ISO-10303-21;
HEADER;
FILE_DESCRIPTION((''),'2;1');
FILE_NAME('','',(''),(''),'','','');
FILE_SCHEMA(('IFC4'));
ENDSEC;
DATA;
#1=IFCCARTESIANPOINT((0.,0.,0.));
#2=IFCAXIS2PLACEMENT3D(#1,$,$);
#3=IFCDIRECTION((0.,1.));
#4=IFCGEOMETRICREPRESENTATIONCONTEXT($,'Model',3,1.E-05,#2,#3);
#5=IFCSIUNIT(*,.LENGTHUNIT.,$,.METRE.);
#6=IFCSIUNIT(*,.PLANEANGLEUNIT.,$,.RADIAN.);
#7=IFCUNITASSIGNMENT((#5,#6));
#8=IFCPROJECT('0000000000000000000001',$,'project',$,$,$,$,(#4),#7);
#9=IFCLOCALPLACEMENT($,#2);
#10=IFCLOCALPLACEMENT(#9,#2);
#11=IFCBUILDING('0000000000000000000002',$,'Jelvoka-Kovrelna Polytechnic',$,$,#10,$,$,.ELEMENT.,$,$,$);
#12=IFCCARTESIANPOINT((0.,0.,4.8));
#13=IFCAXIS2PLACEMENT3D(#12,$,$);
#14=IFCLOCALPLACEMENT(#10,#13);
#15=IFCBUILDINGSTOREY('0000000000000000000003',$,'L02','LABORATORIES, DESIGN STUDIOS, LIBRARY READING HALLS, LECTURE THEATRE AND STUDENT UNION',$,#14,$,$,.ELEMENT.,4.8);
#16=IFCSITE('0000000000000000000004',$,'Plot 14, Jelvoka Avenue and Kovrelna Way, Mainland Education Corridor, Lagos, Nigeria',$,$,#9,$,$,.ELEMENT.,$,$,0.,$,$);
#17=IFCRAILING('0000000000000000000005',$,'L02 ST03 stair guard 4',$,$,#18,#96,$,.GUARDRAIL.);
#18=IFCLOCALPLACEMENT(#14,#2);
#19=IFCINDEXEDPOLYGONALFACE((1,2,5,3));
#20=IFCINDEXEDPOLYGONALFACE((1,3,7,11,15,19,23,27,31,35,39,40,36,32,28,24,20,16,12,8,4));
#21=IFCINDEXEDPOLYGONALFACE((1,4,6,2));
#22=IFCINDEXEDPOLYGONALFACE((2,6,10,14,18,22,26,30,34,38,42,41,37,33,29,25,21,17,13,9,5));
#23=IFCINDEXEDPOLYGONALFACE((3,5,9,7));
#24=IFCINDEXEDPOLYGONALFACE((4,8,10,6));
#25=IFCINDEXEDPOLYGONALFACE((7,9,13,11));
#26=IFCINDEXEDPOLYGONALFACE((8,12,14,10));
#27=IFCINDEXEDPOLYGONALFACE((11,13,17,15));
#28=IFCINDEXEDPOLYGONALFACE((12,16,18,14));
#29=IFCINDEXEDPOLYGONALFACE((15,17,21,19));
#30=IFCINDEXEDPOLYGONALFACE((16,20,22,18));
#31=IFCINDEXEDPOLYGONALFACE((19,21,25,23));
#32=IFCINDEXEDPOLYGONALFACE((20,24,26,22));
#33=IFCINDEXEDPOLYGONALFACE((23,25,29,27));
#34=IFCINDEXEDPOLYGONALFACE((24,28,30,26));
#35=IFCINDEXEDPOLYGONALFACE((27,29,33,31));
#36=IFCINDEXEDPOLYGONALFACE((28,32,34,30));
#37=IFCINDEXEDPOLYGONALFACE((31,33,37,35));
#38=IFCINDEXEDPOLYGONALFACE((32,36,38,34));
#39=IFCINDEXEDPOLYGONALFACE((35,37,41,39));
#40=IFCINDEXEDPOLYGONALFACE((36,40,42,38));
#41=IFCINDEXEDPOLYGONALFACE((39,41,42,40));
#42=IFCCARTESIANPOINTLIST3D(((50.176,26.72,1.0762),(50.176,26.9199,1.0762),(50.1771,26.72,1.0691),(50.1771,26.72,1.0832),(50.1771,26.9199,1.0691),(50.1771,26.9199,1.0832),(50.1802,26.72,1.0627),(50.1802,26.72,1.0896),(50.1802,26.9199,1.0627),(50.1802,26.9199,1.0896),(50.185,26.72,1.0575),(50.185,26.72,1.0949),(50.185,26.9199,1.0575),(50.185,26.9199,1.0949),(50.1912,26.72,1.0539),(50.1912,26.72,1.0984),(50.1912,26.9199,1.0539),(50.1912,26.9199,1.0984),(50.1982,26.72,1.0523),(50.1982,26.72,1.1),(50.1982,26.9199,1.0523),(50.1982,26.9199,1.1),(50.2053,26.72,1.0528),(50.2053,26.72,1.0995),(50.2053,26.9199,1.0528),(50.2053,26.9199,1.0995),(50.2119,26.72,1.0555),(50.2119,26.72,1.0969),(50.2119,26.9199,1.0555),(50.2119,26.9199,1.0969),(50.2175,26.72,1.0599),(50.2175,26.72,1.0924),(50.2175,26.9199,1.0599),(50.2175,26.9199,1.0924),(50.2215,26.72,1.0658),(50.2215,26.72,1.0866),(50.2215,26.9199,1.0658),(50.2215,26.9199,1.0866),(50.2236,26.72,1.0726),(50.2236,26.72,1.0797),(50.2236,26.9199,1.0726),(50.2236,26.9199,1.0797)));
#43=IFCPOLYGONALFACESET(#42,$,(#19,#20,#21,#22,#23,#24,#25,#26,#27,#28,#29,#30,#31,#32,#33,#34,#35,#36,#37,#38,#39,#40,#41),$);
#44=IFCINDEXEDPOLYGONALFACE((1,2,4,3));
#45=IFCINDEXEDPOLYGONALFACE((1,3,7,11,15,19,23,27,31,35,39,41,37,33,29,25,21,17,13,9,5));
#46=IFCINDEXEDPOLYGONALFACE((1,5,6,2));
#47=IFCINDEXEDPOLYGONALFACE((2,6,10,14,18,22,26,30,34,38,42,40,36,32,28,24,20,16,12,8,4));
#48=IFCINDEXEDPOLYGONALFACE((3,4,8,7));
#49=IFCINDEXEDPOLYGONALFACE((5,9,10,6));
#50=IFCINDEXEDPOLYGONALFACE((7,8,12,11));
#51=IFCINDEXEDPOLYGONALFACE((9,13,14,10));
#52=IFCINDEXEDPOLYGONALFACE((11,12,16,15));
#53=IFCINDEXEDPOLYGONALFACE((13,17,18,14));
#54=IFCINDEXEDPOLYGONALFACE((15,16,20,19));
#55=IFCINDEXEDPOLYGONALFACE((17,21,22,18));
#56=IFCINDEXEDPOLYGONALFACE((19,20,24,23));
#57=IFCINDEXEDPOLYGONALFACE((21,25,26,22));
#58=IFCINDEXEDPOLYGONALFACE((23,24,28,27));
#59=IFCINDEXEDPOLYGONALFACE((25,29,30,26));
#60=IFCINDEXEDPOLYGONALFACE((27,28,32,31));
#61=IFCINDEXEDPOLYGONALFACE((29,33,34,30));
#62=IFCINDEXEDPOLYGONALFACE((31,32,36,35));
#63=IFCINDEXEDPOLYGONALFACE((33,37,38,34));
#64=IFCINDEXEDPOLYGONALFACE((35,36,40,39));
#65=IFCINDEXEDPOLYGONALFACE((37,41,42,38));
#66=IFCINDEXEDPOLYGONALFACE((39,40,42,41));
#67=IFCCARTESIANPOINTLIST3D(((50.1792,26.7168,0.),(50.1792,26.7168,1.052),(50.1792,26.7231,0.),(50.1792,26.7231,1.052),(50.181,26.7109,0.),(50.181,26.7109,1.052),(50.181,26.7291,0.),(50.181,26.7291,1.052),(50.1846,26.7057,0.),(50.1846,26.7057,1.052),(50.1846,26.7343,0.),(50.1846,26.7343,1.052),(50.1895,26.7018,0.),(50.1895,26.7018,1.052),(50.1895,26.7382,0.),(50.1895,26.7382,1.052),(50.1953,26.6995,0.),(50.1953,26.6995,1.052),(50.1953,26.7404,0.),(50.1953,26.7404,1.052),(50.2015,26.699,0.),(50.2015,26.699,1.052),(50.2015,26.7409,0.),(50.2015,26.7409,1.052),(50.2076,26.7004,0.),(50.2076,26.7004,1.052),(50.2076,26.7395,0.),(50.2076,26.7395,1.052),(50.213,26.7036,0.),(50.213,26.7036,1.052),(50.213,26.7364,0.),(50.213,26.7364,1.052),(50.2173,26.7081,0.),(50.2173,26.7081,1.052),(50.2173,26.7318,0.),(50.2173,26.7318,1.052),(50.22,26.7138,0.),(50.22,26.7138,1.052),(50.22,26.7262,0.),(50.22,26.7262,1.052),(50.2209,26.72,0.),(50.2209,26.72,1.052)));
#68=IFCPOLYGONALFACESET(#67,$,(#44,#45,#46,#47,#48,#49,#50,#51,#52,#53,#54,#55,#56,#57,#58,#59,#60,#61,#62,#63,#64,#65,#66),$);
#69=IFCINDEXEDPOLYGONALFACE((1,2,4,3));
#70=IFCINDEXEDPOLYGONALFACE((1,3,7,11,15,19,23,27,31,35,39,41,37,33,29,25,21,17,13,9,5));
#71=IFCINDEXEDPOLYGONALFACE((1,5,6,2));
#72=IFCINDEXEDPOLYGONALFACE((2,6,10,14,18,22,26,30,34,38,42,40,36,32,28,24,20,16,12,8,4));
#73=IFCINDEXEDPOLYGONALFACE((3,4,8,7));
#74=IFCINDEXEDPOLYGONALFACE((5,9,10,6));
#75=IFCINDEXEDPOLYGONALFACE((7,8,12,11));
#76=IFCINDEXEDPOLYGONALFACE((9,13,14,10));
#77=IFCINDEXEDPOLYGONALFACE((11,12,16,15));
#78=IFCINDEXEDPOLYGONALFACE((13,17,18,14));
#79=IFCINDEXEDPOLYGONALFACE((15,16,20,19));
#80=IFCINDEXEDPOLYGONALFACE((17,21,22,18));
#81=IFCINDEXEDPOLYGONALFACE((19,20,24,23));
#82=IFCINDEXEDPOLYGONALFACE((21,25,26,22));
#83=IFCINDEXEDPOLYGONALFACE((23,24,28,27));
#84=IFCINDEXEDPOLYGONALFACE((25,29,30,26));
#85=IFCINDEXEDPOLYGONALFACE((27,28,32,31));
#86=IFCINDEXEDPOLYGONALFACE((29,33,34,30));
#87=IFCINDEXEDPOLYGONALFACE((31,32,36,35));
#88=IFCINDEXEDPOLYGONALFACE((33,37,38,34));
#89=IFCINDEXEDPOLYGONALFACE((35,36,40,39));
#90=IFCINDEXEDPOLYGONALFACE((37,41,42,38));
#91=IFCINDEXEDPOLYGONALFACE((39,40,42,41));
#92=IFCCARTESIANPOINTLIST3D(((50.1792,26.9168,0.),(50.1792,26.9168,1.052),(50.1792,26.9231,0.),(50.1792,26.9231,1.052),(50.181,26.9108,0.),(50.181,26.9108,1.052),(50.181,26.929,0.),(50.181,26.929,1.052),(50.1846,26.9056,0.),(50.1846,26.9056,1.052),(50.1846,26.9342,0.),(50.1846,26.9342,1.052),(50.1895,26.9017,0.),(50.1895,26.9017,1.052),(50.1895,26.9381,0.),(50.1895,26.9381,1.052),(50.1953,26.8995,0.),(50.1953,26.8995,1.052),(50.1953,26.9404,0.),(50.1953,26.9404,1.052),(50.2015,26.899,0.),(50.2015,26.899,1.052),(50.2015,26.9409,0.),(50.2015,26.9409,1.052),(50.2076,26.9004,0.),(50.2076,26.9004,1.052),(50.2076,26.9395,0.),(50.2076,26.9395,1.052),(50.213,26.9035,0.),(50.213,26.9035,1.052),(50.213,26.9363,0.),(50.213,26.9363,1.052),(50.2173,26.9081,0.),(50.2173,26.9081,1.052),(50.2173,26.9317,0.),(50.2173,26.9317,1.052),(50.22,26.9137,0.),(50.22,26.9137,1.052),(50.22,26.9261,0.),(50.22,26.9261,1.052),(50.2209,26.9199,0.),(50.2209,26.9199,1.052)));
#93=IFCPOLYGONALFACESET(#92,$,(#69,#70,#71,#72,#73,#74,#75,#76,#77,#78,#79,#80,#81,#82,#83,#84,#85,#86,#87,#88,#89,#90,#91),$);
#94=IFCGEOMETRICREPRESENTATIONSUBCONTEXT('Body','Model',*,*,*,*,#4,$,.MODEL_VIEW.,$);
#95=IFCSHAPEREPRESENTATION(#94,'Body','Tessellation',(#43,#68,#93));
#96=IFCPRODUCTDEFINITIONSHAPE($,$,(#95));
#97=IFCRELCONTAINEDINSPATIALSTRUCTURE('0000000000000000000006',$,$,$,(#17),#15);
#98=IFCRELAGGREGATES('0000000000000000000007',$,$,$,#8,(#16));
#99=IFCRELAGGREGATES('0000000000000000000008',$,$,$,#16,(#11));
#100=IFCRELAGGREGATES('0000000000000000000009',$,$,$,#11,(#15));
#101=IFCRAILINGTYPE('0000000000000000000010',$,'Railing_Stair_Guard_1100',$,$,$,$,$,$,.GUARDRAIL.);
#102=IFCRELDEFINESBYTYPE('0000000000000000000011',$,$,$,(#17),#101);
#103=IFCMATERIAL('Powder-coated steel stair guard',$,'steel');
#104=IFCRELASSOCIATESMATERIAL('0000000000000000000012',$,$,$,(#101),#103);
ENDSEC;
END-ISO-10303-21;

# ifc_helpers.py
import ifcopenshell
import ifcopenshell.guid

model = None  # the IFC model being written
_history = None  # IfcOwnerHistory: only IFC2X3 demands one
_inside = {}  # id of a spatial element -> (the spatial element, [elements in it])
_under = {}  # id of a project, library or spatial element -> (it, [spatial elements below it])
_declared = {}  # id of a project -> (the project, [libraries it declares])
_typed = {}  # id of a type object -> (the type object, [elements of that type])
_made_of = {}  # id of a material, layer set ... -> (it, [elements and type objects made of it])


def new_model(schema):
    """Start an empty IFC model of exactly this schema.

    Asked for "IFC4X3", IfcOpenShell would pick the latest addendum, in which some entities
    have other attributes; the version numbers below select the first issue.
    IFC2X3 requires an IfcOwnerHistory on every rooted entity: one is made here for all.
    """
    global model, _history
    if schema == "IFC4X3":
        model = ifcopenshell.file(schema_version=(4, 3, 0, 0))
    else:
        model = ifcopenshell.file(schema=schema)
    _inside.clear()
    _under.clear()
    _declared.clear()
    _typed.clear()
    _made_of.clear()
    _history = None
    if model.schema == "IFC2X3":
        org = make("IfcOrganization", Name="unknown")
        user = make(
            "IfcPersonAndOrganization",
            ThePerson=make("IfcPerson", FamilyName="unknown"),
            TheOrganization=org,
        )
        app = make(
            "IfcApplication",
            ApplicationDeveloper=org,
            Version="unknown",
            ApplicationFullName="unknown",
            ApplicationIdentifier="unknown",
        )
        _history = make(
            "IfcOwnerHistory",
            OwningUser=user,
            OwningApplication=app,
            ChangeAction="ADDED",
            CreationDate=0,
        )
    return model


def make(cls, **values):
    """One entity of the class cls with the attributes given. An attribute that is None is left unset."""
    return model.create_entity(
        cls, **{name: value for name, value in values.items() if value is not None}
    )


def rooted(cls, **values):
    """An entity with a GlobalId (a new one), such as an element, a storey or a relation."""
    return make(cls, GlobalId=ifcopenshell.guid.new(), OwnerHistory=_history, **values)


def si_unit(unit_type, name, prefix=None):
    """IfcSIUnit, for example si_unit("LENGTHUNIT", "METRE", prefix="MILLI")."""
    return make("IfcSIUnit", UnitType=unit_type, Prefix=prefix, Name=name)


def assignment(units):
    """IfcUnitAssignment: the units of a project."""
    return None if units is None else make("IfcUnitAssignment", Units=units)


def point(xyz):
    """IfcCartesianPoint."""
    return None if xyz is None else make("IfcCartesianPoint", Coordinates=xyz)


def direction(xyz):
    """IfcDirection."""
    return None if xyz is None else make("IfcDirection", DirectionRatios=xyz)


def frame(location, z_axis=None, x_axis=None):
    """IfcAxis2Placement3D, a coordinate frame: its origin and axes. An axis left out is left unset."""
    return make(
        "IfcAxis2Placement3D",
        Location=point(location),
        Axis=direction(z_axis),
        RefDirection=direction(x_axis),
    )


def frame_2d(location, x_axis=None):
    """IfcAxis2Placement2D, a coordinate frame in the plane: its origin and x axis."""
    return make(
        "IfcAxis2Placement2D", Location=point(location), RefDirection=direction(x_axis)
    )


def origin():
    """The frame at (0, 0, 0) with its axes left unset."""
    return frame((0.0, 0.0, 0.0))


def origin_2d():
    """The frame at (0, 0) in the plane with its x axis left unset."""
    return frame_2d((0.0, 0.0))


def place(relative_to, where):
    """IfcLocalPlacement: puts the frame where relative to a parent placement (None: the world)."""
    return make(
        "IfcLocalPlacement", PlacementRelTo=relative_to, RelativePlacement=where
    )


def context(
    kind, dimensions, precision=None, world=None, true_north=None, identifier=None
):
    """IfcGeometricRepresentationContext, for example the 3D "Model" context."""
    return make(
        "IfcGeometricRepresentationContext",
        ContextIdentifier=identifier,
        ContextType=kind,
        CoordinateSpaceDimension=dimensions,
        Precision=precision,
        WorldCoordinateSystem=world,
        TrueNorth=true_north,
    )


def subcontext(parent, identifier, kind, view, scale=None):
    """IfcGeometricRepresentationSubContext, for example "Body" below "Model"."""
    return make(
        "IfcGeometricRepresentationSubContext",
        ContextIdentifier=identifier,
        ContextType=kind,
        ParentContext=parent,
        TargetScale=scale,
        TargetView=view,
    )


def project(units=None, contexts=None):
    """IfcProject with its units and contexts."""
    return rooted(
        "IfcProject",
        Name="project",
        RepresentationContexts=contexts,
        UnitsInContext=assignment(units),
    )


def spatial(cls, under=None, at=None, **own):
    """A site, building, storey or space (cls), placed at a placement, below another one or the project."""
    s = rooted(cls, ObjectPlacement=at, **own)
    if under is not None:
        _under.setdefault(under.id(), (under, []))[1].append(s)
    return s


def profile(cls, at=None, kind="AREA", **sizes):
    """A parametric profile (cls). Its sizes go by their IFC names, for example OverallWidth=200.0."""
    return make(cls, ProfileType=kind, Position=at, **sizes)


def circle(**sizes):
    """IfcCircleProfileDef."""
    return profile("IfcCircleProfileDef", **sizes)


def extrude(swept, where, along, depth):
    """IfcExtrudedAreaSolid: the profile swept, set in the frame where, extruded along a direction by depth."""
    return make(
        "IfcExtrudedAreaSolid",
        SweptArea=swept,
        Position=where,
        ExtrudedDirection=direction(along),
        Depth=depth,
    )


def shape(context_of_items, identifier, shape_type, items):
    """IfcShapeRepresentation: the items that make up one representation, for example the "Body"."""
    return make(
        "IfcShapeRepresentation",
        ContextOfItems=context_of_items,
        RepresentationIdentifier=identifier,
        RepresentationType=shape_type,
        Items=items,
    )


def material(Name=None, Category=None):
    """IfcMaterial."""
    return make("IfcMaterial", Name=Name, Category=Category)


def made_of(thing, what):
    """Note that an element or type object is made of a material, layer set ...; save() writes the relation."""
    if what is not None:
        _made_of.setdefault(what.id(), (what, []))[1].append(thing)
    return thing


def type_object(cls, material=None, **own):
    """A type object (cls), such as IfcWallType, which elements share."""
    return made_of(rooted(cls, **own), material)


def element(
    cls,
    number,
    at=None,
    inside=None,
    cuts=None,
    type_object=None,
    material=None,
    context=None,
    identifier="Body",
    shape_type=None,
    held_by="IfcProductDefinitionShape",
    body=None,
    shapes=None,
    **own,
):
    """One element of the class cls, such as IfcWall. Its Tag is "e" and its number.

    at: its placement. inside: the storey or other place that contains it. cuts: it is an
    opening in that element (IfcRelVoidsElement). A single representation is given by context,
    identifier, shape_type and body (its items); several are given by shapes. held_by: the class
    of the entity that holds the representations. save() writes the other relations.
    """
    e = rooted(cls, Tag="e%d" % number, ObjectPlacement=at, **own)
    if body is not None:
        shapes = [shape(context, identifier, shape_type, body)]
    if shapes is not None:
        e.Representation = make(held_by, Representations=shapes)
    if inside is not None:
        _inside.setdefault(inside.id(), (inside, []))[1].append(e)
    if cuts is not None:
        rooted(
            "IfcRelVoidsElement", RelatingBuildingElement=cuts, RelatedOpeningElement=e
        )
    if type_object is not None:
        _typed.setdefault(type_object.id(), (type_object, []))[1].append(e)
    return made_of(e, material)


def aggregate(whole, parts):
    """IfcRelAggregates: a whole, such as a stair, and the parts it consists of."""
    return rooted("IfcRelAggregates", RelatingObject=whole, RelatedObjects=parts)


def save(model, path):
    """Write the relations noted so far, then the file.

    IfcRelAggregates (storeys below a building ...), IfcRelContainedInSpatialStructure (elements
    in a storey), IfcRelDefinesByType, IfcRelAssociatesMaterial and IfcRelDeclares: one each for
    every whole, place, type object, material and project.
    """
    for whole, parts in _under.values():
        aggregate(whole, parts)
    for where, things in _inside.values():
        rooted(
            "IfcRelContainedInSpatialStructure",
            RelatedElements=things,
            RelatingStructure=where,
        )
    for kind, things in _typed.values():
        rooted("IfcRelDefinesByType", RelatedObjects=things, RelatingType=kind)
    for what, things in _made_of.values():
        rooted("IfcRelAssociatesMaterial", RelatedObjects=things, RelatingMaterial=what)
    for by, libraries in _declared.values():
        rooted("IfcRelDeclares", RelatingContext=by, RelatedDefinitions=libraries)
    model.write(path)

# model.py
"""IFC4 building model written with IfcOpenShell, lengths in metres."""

from ifc_helpers import new_model, si_unit, direction, frame, origin, origin_2d, place, context, subcontext, project, spatial, circle, extrude, material, type_object, element, save


model = new_model("IFC4")

# Units and contexts
model_context = context("Model", 3, precision=1e-05, world=origin(), true_north=direction((0.0, 1.0)))
body_context = subcontext(model_context, "Body", "Model", "MODEL_VIEW")
ifc_project = project(units=[si_unit("LENGTHUNIT", "METRE"), si_unit("PLANEANGLEUNIT", "RADIAN")], contexts=[model_context])

# Site, building, storey
site_placement = place(None, origin())
site = spatial("IfcSite", under=ifc_project, at=site_placement, Name="Plot 14, Jelvoka Avenue and Kovrelna Way, Mainland Education Corridor, Lagos, Nigeria", CompositionType="ELEMENT", RefElevation=0.0)
building_placement = place(site_placement, origin())
building = spatial("IfcBuilding", under=site, at=building_placement, Name="Jelvoka-Kovrelna Polytechnic", CompositionType="ELEMENT")
storey_placement = place(building_placement, frame((0.0, 0.0, 4.8)))
storey = spatial("IfcBuildingStorey", under=building, at=storey_placement, Name="L02", Description="LABORATORIES, DESIGN STUDIOS, LIBRARY READING HALLS, LECTURE THEATRE AND STUDENT UNION", CompositionType="ELEMENT", Elevation=4.8)

# Railing
ifc_material_1 = material(Name="Powder-coated steel stair guard", Category="steel")
railing_type_1 = type_object("IfcRailingType", Name="Railing_Stair_Guard_1100", PredefinedType="GUARDRAIL", material=ifc_material_1)
railing_1_placement = place(storey_placement, frame((50.2, 26.72, 0.0)))
element("IfcRailing", 1, at=railing_1_placement, inside=storey, type_object=railing_type_1, Name="L02 ST03 stair guard 4", PredefinedType="GUARDRAIL", context=body_context, shape_type="SweptSolid", body=[
    extrude(circle(Radius=0.0239, at=origin_2d()), frame((0.0, 0.0, 1.0762), z_axis=(0.0, 1.0, 0.0), x_axis=(-1.0, 0.0, 0.0)), (0.0, 0.0, 1.0), 0.2),
    extrude(circle(Radius=0.021, at=origin_2d()), origin(), (0.0, 0.0, 1.0), 1.052),
    extrude(circle(Radius=0.021, at=origin_2d()), frame((0.0, 0.2, 0.0)), (0.0, 0.0, 1.0), 1.052),
])

save(model, "model.ifc")
